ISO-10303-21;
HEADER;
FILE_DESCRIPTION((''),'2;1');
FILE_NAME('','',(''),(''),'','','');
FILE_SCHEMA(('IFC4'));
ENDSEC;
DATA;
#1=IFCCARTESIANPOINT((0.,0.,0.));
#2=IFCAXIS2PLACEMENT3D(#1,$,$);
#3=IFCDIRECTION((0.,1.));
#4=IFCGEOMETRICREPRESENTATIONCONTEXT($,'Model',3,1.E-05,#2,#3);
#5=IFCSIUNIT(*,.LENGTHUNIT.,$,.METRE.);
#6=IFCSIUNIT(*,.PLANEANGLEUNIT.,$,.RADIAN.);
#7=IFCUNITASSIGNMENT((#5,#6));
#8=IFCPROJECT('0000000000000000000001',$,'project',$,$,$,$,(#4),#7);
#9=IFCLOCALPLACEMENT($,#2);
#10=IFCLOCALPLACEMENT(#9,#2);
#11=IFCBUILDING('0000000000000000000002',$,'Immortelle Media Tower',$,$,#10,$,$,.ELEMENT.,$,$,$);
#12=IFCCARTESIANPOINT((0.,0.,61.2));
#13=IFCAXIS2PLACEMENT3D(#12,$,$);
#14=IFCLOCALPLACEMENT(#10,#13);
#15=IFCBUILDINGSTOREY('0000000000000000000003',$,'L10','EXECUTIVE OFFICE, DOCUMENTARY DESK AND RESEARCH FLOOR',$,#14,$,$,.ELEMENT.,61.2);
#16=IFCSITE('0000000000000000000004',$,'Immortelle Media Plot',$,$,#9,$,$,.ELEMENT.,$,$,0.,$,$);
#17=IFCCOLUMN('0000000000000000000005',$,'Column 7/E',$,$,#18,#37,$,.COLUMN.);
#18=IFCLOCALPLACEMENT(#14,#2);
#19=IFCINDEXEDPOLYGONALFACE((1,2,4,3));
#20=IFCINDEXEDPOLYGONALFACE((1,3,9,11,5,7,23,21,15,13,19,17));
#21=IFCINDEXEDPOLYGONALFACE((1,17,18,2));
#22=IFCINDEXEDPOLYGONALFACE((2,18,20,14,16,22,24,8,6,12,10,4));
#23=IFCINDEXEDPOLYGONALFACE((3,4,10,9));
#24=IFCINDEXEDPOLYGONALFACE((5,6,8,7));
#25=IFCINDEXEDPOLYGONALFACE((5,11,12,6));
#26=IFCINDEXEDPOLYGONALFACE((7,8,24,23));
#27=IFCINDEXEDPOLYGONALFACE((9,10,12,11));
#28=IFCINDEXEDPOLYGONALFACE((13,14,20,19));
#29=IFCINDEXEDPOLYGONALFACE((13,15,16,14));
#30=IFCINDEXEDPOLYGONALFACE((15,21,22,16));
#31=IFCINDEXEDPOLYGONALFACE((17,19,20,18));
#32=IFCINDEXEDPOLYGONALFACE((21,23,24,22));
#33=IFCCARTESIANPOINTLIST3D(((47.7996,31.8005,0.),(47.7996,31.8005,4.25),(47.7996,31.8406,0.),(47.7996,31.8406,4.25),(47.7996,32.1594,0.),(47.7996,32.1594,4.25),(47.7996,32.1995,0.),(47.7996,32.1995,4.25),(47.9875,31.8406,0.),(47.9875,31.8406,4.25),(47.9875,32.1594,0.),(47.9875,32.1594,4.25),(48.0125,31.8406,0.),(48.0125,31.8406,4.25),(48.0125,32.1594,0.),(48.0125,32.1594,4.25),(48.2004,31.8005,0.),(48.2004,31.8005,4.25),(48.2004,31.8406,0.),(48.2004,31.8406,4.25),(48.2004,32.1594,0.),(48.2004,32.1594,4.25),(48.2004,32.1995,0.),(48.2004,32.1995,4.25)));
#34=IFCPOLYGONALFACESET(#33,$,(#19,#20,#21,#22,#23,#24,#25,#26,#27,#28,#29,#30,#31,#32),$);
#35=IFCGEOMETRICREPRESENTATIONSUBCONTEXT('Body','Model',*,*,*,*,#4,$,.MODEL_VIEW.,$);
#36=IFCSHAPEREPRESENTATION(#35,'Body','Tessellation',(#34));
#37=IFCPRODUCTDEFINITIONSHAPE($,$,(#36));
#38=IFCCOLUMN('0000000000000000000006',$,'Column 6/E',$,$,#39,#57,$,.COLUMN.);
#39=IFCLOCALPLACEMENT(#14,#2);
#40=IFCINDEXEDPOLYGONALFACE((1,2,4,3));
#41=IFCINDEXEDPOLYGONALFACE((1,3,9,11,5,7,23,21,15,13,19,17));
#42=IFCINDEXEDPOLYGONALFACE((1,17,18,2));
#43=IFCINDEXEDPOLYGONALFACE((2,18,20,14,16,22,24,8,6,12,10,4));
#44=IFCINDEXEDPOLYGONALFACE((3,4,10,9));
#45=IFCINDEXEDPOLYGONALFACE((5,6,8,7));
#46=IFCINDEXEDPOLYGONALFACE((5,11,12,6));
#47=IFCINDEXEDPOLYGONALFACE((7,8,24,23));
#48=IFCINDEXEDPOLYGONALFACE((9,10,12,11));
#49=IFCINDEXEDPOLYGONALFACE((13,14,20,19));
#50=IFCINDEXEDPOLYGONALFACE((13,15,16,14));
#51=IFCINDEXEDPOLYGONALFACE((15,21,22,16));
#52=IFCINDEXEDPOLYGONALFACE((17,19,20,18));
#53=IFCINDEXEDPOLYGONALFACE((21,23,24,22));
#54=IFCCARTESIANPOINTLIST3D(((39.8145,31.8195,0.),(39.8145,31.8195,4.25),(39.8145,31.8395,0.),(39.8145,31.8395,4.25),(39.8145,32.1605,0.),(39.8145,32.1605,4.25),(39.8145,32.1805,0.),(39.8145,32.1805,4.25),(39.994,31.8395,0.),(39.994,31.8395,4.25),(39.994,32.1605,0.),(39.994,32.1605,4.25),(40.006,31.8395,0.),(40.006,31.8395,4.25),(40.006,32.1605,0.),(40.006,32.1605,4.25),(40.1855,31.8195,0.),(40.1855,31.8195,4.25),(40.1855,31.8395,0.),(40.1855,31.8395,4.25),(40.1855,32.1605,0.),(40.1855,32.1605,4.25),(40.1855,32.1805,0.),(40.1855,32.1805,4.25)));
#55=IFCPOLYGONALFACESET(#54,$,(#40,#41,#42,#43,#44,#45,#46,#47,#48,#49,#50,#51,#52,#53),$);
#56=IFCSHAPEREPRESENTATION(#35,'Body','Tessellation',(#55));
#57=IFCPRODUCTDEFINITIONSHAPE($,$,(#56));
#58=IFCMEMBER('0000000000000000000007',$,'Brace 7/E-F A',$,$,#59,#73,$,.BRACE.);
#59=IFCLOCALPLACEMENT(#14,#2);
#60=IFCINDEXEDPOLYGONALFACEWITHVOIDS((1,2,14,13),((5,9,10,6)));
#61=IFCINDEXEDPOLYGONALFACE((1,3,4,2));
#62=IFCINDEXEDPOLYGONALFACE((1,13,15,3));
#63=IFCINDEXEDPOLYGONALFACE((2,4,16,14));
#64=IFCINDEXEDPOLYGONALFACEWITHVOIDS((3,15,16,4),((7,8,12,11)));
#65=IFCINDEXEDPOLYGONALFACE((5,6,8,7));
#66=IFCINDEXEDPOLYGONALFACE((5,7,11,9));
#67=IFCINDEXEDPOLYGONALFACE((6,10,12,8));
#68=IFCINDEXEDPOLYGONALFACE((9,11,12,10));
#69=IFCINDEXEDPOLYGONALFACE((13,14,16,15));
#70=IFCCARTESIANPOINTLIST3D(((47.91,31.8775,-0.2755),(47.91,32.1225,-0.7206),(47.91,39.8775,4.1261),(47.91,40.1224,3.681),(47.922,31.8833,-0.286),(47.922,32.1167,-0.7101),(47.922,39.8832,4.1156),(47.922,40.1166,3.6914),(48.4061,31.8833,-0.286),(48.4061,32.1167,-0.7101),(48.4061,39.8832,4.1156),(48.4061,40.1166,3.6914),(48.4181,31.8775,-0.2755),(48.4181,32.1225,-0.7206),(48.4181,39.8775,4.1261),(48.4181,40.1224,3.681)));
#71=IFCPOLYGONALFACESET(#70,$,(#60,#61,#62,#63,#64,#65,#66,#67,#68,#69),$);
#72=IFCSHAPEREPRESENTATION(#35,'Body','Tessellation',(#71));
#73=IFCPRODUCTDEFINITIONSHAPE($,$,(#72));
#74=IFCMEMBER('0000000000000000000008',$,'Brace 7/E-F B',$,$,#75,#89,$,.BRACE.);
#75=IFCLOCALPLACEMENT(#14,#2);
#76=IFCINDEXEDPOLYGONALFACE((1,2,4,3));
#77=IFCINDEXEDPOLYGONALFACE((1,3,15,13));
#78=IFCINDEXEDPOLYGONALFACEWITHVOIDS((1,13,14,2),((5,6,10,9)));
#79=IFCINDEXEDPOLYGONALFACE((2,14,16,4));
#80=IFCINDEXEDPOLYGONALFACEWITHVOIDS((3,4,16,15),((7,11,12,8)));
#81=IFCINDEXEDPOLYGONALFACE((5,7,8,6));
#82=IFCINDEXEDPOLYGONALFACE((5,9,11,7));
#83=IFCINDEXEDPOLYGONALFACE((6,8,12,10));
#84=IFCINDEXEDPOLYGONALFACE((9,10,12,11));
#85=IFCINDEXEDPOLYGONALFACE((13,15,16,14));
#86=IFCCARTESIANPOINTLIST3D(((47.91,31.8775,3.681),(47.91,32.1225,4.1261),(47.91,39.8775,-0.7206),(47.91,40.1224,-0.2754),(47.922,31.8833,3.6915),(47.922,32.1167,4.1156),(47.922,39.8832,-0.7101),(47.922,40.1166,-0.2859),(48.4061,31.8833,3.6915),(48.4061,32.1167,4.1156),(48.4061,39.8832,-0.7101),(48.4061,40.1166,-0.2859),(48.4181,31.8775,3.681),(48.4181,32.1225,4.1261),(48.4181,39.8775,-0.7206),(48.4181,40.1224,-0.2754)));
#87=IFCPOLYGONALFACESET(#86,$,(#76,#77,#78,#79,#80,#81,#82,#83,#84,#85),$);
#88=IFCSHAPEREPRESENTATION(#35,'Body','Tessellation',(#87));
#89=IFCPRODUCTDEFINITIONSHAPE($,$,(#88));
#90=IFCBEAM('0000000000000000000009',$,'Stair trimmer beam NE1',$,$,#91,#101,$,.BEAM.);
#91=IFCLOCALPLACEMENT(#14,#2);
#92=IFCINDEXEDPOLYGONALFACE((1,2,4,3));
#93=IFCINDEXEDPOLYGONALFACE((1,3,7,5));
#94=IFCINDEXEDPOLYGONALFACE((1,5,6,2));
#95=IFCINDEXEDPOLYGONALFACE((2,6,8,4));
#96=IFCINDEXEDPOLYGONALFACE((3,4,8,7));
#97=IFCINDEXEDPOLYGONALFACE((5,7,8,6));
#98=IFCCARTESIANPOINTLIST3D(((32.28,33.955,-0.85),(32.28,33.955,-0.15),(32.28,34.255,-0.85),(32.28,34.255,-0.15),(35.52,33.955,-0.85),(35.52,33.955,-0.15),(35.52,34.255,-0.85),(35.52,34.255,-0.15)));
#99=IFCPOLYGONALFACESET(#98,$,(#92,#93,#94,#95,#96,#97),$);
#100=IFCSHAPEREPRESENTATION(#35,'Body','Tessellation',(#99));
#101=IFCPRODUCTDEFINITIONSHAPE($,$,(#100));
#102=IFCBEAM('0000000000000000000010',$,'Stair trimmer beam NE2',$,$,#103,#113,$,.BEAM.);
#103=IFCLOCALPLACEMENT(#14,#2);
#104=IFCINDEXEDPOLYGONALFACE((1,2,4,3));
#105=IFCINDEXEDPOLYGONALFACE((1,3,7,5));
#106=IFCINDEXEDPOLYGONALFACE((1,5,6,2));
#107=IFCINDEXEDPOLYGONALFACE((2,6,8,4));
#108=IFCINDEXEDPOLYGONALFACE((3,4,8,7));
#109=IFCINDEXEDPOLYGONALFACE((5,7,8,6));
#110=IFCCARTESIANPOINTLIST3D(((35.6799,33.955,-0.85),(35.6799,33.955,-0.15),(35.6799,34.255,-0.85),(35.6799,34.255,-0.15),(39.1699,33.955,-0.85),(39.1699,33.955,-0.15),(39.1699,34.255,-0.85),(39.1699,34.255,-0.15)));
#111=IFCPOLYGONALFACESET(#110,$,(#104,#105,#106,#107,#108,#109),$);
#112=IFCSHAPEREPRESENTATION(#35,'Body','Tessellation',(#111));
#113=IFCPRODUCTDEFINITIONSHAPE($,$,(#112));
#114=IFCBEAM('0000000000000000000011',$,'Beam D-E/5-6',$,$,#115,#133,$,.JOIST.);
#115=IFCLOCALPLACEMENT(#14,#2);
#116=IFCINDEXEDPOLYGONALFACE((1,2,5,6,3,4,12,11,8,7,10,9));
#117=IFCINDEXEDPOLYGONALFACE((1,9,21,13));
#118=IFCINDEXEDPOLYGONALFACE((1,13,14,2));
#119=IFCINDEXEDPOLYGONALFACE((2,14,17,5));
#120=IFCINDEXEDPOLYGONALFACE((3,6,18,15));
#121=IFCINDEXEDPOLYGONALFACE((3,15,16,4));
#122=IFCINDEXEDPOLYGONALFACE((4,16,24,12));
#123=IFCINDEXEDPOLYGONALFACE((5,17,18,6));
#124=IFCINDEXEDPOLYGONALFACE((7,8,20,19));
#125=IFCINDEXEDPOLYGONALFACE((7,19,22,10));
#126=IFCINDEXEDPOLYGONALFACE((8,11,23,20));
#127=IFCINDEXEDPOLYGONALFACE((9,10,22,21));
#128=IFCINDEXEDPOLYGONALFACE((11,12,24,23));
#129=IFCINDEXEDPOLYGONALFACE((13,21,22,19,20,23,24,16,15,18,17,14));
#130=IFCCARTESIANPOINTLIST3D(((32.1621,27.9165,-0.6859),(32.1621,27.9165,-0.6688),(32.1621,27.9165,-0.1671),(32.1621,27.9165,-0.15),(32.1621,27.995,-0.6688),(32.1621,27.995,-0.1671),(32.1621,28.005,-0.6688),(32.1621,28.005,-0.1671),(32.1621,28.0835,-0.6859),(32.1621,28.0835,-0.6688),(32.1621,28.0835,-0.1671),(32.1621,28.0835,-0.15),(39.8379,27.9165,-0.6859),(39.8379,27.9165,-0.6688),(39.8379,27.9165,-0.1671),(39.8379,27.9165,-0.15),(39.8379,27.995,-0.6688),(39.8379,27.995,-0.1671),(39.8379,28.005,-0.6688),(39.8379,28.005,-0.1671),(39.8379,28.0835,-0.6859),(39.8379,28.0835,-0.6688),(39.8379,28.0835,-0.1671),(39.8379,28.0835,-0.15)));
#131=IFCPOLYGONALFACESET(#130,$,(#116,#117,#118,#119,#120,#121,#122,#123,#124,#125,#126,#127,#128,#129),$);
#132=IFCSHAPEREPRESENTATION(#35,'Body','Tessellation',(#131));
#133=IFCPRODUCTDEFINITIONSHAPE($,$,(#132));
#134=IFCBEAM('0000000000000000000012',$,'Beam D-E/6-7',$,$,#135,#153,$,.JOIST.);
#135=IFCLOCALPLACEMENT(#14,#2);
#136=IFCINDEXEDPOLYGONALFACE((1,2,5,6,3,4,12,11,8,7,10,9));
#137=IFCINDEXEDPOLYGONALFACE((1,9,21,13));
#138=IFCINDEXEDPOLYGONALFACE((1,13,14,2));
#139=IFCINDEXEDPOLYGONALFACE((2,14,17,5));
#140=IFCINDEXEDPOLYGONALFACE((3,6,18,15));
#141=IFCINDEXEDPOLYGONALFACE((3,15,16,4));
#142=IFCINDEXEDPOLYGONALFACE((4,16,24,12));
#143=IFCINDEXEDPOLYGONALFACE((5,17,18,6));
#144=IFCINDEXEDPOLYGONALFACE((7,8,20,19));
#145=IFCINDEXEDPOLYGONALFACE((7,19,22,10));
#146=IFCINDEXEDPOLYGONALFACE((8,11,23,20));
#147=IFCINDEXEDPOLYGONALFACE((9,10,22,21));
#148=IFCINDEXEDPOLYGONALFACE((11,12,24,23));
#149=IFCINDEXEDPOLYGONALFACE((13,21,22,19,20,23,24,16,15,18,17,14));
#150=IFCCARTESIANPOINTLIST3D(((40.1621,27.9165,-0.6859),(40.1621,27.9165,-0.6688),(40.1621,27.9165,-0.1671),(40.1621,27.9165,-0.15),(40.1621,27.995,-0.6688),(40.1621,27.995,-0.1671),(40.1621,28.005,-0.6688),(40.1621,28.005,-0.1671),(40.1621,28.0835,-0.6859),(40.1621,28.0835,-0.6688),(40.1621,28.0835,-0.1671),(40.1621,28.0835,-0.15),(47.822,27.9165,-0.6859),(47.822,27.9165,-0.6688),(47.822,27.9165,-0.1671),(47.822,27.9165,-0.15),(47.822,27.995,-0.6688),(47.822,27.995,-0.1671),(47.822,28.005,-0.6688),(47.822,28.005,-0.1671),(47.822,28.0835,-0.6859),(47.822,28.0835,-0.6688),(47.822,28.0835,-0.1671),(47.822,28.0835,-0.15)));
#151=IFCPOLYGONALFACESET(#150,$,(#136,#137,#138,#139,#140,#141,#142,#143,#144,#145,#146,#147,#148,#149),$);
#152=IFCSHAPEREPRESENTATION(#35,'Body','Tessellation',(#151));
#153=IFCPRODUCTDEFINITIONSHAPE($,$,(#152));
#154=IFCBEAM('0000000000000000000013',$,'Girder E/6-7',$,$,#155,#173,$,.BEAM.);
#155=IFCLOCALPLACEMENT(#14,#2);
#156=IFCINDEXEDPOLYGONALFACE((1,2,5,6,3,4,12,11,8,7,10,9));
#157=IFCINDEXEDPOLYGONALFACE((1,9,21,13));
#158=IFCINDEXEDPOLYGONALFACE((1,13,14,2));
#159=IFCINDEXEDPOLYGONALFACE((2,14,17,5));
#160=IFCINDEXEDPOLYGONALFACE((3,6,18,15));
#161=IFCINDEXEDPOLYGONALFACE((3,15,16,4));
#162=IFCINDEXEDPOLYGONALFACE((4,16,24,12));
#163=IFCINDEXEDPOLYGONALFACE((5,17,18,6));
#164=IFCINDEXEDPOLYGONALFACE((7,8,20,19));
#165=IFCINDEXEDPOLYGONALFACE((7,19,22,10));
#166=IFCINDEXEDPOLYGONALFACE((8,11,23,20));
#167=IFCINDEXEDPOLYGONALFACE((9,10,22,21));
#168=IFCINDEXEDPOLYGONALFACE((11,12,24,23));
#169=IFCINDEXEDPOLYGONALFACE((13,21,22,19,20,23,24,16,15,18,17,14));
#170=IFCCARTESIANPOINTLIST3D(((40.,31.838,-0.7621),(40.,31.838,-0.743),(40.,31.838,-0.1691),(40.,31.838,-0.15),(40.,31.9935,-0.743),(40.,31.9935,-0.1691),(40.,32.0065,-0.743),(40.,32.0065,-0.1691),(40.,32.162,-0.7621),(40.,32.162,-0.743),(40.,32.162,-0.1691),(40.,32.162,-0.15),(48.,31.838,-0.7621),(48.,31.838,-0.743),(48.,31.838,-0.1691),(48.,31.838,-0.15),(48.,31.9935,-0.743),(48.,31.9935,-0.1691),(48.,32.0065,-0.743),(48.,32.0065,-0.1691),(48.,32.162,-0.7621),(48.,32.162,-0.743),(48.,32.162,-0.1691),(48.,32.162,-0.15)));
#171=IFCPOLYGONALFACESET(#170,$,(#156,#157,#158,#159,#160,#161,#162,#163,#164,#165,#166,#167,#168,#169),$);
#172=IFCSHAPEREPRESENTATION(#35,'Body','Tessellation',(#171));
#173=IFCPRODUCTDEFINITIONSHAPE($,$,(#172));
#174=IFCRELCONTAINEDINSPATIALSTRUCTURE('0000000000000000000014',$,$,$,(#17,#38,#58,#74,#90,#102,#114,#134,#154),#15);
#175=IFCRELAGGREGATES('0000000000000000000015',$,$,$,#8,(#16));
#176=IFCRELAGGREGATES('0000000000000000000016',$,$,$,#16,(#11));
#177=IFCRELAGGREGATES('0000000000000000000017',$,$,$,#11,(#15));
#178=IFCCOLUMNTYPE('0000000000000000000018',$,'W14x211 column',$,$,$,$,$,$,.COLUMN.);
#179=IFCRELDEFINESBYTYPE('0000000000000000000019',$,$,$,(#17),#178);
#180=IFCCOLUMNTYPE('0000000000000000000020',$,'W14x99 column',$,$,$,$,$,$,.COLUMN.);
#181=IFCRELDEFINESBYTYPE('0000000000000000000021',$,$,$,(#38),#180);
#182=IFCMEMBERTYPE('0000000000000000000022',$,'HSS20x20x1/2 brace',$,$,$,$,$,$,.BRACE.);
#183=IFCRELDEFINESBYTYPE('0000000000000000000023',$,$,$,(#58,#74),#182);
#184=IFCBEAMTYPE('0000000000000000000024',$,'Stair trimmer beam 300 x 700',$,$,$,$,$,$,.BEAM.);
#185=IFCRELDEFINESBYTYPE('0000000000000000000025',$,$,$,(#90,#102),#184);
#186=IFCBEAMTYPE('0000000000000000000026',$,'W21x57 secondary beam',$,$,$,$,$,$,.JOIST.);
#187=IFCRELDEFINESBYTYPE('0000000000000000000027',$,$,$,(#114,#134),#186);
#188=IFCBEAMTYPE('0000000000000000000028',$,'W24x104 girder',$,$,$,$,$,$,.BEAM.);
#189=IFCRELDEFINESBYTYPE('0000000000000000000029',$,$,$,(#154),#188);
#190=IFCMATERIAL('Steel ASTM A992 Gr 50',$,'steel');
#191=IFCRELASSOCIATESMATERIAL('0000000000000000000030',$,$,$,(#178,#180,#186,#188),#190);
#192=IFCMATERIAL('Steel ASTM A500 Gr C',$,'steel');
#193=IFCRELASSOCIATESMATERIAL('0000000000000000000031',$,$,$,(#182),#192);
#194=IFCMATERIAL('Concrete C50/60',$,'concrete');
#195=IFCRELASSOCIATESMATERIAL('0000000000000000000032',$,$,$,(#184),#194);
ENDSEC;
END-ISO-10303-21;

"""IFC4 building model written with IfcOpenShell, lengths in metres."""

from ifc_helpers import new_model, si_unit, direction, frame, origin, origin_2d, place, context, subcontext, project, spatial, rectangle, hollow_rectangle, i_section, extrude, material, material_profile, profile_set, type_object, element, save


model = new_model("IFC4")

# Units and contexts
model_context = context("Model", 3, precision=1e-05, world=origin(), true_north=direction((0.0, 1.0)))
body_context = subcontext(model_context, "Body", "Model", "MODEL_VIEW")
ifc_project = project(units=[si_unit("LENGTHUNIT", "METRE"), si_unit("PLANEANGLEUNIT", "RADIAN")], contexts=[model_context])

# Site, building, storey
site_placement = place(None, origin())
site = spatial("IfcSite", under=ifc_project, at=site_placement, Name="Immortelle Media Plot", CompositionType="ELEMENT", RefElevation=0.0)
building_placement = place(site_placement, origin())
building = spatial("IfcBuilding", under=site, at=building_placement, Name="Immortelle Media Tower", CompositionType="ELEMENT")
storey_placement = place(building_placement, frame((0.0, 0.0, 61.2)))
storey = spatial("IfcBuildingStorey", under=building, at=storey_placement, Name="L10", Description="EXECUTIVE OFFICE, DOCUMENTARY DESK AND RESEARCH FLOOR", CompositionType="ELEMENT", Elevation=61.2)

# Columns
ifc_material_1 = material(Name="Steel ASTM A992 Gr 50", Category="steel")
ifc_material_profile_1 = material_profile(ifc_material_1, i_section(OverallWidth=0.4009, OverallDepth=0.3989, WebThickness=0.0249, FlangeThickness=0.04, at=origin_2d()), Name="W14x211")
ifc_profile_set_1 = profile_set([ifc_material_profile_1], Name="Steel ASTM A992 Gr 50")
column_type_1 = type_object("IfcColumnType", Name="W14x211 column", PredefinedType="COLUMN", material=ifc_profile_set_1)
column_1_placement = place(storey_placement, frame((48.0, 32.0, 0.0), z_axis=(0.0, 0.0, 1.0), x_axis=(1.0, 0.0, 0.0)))
element("IfcColumn", 1, at=column_1_placement, inside=storey, type_object=column_type_1, Name="Column 7/E", PredefinedType="COLUMN", context=body_context, shape_type="SweptSolid", body=[
    extrude(i_section(OverallWidth=0.4009, OverallDepth=0.3989, WebThickness=0.0249, FlangeThickness=0.04, at=origin_2d()), origin(), (0.0, 0.0, 1.0), 4.25),
])
ifc_material_profile_2 = material_profile(ifc_material_1, i_section(OverallWidth=0.3711, OverallDepth=0.3611, WebThickness=0.012, FlangeThickness=0.02, at=origin_2d()), Name="W14x99")
ifc_profile_set_2 = profile_set([ifc_material_profile_2], Name="Steel ASTM A992 Gr 50")
column_type_2 = type_object("IfcColumnType", Name="W14x99 column", PredefinedType="COLUMN", material=ifc_profile_set_2)
column_2_placement = place(storey_placement, frame((40.0, 32.0, 0.0), z_axis=(0.0, 0.0, 1.0), x_axis=(1.0, 0.0, 0.0)))
element("IfcColumn", 2, at=column_2_placement, inside=storey, type_object=column_type_2, Name="Column 6/E", PredefinedType="COLUMN", context=body_context, shape_type="SweptSolid", body=[
    extrude(i_section(OverallWidth=0.3711, OverallDepth=0.3611, WebThickness=0.012, FlangeThickness=0.02, at=origin_2d()), origin(), (0.0, 0.0, 1.0), 4.25),
])

# Members
ifc_material_2 = material(Name="Steel ASTM A500 Gr C", Category="steel")
ifc_material_profile_3 = material_profile(ifc_material_2, hollow_rectangle(XDim=0.5081, YDim=0.5081, WallThickness=0.012, at=origin_2d()), Name="HSS20x20x1/2 brace")
ifc_profile_set_3 = profile_set([ifc_material_profile_3], Name="Steel ASTM A500 Gr C")
member_type = type_object("IfcMemberType", Name="HSS20x20x1/2 brace", PredefinedType="BRACE", material=ifc_profile_set_3)
for number, where, z_axis, x_axis, name in (
    (3, (48.1641, 32.0, -0.498), (0.0, 0.876141, 0.482054), (-1.0, 0.0, 0.0), "Brace 7/E-F A"),
    (4, (48.1641, 32.0, 3.9036), (0.0, 0.876141, -0.482054), (-1.0, 0.0, 0.0), "Brace 7/E-F B"),
):
    element("IfcMember", number, at=place(storey_placement, frame(where, z_axis=z_axis, x_axis=x_axis)), inside=storey, type_object=member_type, Name=name, PredefinedType="BRACE", context=body_context, shape_type="SweptSolid", body=[
        extrude(hollow_rectangle(XDim=0.5081, YDim=0.5081, WallThickness=0.012, at=origin_2d()), origin(), (0.0, 0.0, 1.0), 9.1309),
    ])

# Beams
ifc_material_3 = material(Name="Concrete C50/60", Category="concrete")
ifc_material_profile_4 = material_profile(ifc_material_3, rectangle(XDim=0.3, YDim=0.7, at=origin_2d()), Name="RC 300x700")
ifc_profile_set_4 = profile_set([ifc_material_profile_4], Name="Concrete C50/60")
beam_type_1 = type_object("IfcBeamType", Name="Stair trimmer beam 300 x 700", PredefinedType="BEAM", material=ifc_profile_set_4)
beam_1_placement = place(storey_placement, frame((32.28, 34.105, -0.5), z_axis=(1.0, 0.0, 0.0), x_axis=(0.0, 1.0, 0.0)))
element("IfcBeam", 5, at=beam_1_placement, inside=storey, type_object=beam_type_1, Name="Stair trimmer beam NE1", PredefinedType="BEAM", context=body_context, shape_type="SweptSolid", body=[
    extrude(rectangle(XDim=0.3, YDim=0.7, at=origin_2d()), origin(), (0.0, 0.0, 1.0), 3.24),
])
beam_2_placement = place(storey_placement, frame((35.6799, 34.105, -0.5), z_axis=(1.0, 0.0, 0.0), x_axis=(0.0, 1.0, 0.0)))
element("IfcBeam", 6, at=beam_2_placement, inside=storey, type_object=beam_type_1, Name="Stair trimmer beam NE2", PredefinedType="BEAM", context=body_context, shape_type="SweptSolid", body=[
    extrude(rectangle(XDim=0.3, YDim=0.7, at=origin_2d()), origin(), (0.0, 0.0, 1.0), 3.49),
])
ifc_material_profile_5 = material_profile(ifc_material_1, i_section(OverallWidth=0.167, OverallDepth=0.5359, WebThickness=0.01, FlangeThickness=0.0171, at=origin_2d()), Name="W21x57")
ifc_profile_set_5 = profile_set([ifc_material_profile_5], Name="Steel ASTM A992 Gr 50")
beam_type_2 = type_object("IfcBeamType", Name="W21x57 secondary beam", PredefinedType="JOIST", material=ifc_profile_set_5)
beam_3_placement = place(storey_placement, frame((32.1621, 28.0, -0.418), z_axis=(1.0, 0.0, 0.0), x_axis=(0.0, 1.0, 0.0)))
element("IfcBeam", 7, at=beam_3_placement, inside=storey, type_object=beam_type_2, Name="Beam D-E/5-6", PredefinedType="JOIST", context=body_context, shape_type="SweptSolid", body=[
    extrude(i_section(OverallWidth=0.167, OverallDepth=0.5359, WebThickness=0.01, FlangeThickness=0.0171, at=origin_2d()), origin(), (0.0, 0.0, 1.0), 7.6758),
])
beam_4_placement = place(storey_placement, frame((40.1621, 28.0, -0.418), z_axis=(1.0, 0.0, 0.0), x_axis=(0.0, 1.0, 0.0)))
element("IfcBeam", 8, at=beam_4_placement, inside=storey, type_object=beam_type_2, Name="Beam D-E/6-7", PredefinedType="JOIST", context=body_context, shape_type="SweptSolid", body=[
    extrude(i_section(OverallWidth=0.167, OverallDepth=0.5359, WebThickness=0.01, FlangeThickness=0.0171, at=origin_2d()), origin(), (0.0, 0.0, 1.0), 7.6599),
])
ifc_material_profile_6 = material_profile(ifc_material_1, i_section(OverallWidth=0.324, OverallDepth=0.6121, WebThickness=0.0129, FlangeThickness=0.019, at=origin_2d()), Name="W24x104")
ifc_profile_set_6 = profile_set([ifc_material_profile_6], Name="Steel ASTM A992 Gr 50")
beam_type_3 = type_object("IfcBeamType", Name="W24x104 girder", PredefinedType="BEAM", material=ifc_profile_set_6)
for number, where, z_axis, x_axis, name in (
    (9, (40.0, 32.0, -0.4561), (1.0, 0.0, 0.0), (0.0, 1.0, 0.0), "Girder E/6-7"),
):
    element("IfcBeam", number, at=place(storey_placement, frame(where, z_axis=z_axis, x_axis=x_axis)), inside=storey, type_object=beam_type_3, Name=name, PredefinedType="BEAM", context=body_context, shape_type="SweptSolid", body=[
        extrude(i_section(OverallWidth=0.324, OverallDepth=0.6121, WebThickness=0.0129, FlangeThickness=0.019, at=origin_2d()), origin(), (0.0, 0.0, 1.0), 8.0),
    ])

save(model, "model.ifc")
